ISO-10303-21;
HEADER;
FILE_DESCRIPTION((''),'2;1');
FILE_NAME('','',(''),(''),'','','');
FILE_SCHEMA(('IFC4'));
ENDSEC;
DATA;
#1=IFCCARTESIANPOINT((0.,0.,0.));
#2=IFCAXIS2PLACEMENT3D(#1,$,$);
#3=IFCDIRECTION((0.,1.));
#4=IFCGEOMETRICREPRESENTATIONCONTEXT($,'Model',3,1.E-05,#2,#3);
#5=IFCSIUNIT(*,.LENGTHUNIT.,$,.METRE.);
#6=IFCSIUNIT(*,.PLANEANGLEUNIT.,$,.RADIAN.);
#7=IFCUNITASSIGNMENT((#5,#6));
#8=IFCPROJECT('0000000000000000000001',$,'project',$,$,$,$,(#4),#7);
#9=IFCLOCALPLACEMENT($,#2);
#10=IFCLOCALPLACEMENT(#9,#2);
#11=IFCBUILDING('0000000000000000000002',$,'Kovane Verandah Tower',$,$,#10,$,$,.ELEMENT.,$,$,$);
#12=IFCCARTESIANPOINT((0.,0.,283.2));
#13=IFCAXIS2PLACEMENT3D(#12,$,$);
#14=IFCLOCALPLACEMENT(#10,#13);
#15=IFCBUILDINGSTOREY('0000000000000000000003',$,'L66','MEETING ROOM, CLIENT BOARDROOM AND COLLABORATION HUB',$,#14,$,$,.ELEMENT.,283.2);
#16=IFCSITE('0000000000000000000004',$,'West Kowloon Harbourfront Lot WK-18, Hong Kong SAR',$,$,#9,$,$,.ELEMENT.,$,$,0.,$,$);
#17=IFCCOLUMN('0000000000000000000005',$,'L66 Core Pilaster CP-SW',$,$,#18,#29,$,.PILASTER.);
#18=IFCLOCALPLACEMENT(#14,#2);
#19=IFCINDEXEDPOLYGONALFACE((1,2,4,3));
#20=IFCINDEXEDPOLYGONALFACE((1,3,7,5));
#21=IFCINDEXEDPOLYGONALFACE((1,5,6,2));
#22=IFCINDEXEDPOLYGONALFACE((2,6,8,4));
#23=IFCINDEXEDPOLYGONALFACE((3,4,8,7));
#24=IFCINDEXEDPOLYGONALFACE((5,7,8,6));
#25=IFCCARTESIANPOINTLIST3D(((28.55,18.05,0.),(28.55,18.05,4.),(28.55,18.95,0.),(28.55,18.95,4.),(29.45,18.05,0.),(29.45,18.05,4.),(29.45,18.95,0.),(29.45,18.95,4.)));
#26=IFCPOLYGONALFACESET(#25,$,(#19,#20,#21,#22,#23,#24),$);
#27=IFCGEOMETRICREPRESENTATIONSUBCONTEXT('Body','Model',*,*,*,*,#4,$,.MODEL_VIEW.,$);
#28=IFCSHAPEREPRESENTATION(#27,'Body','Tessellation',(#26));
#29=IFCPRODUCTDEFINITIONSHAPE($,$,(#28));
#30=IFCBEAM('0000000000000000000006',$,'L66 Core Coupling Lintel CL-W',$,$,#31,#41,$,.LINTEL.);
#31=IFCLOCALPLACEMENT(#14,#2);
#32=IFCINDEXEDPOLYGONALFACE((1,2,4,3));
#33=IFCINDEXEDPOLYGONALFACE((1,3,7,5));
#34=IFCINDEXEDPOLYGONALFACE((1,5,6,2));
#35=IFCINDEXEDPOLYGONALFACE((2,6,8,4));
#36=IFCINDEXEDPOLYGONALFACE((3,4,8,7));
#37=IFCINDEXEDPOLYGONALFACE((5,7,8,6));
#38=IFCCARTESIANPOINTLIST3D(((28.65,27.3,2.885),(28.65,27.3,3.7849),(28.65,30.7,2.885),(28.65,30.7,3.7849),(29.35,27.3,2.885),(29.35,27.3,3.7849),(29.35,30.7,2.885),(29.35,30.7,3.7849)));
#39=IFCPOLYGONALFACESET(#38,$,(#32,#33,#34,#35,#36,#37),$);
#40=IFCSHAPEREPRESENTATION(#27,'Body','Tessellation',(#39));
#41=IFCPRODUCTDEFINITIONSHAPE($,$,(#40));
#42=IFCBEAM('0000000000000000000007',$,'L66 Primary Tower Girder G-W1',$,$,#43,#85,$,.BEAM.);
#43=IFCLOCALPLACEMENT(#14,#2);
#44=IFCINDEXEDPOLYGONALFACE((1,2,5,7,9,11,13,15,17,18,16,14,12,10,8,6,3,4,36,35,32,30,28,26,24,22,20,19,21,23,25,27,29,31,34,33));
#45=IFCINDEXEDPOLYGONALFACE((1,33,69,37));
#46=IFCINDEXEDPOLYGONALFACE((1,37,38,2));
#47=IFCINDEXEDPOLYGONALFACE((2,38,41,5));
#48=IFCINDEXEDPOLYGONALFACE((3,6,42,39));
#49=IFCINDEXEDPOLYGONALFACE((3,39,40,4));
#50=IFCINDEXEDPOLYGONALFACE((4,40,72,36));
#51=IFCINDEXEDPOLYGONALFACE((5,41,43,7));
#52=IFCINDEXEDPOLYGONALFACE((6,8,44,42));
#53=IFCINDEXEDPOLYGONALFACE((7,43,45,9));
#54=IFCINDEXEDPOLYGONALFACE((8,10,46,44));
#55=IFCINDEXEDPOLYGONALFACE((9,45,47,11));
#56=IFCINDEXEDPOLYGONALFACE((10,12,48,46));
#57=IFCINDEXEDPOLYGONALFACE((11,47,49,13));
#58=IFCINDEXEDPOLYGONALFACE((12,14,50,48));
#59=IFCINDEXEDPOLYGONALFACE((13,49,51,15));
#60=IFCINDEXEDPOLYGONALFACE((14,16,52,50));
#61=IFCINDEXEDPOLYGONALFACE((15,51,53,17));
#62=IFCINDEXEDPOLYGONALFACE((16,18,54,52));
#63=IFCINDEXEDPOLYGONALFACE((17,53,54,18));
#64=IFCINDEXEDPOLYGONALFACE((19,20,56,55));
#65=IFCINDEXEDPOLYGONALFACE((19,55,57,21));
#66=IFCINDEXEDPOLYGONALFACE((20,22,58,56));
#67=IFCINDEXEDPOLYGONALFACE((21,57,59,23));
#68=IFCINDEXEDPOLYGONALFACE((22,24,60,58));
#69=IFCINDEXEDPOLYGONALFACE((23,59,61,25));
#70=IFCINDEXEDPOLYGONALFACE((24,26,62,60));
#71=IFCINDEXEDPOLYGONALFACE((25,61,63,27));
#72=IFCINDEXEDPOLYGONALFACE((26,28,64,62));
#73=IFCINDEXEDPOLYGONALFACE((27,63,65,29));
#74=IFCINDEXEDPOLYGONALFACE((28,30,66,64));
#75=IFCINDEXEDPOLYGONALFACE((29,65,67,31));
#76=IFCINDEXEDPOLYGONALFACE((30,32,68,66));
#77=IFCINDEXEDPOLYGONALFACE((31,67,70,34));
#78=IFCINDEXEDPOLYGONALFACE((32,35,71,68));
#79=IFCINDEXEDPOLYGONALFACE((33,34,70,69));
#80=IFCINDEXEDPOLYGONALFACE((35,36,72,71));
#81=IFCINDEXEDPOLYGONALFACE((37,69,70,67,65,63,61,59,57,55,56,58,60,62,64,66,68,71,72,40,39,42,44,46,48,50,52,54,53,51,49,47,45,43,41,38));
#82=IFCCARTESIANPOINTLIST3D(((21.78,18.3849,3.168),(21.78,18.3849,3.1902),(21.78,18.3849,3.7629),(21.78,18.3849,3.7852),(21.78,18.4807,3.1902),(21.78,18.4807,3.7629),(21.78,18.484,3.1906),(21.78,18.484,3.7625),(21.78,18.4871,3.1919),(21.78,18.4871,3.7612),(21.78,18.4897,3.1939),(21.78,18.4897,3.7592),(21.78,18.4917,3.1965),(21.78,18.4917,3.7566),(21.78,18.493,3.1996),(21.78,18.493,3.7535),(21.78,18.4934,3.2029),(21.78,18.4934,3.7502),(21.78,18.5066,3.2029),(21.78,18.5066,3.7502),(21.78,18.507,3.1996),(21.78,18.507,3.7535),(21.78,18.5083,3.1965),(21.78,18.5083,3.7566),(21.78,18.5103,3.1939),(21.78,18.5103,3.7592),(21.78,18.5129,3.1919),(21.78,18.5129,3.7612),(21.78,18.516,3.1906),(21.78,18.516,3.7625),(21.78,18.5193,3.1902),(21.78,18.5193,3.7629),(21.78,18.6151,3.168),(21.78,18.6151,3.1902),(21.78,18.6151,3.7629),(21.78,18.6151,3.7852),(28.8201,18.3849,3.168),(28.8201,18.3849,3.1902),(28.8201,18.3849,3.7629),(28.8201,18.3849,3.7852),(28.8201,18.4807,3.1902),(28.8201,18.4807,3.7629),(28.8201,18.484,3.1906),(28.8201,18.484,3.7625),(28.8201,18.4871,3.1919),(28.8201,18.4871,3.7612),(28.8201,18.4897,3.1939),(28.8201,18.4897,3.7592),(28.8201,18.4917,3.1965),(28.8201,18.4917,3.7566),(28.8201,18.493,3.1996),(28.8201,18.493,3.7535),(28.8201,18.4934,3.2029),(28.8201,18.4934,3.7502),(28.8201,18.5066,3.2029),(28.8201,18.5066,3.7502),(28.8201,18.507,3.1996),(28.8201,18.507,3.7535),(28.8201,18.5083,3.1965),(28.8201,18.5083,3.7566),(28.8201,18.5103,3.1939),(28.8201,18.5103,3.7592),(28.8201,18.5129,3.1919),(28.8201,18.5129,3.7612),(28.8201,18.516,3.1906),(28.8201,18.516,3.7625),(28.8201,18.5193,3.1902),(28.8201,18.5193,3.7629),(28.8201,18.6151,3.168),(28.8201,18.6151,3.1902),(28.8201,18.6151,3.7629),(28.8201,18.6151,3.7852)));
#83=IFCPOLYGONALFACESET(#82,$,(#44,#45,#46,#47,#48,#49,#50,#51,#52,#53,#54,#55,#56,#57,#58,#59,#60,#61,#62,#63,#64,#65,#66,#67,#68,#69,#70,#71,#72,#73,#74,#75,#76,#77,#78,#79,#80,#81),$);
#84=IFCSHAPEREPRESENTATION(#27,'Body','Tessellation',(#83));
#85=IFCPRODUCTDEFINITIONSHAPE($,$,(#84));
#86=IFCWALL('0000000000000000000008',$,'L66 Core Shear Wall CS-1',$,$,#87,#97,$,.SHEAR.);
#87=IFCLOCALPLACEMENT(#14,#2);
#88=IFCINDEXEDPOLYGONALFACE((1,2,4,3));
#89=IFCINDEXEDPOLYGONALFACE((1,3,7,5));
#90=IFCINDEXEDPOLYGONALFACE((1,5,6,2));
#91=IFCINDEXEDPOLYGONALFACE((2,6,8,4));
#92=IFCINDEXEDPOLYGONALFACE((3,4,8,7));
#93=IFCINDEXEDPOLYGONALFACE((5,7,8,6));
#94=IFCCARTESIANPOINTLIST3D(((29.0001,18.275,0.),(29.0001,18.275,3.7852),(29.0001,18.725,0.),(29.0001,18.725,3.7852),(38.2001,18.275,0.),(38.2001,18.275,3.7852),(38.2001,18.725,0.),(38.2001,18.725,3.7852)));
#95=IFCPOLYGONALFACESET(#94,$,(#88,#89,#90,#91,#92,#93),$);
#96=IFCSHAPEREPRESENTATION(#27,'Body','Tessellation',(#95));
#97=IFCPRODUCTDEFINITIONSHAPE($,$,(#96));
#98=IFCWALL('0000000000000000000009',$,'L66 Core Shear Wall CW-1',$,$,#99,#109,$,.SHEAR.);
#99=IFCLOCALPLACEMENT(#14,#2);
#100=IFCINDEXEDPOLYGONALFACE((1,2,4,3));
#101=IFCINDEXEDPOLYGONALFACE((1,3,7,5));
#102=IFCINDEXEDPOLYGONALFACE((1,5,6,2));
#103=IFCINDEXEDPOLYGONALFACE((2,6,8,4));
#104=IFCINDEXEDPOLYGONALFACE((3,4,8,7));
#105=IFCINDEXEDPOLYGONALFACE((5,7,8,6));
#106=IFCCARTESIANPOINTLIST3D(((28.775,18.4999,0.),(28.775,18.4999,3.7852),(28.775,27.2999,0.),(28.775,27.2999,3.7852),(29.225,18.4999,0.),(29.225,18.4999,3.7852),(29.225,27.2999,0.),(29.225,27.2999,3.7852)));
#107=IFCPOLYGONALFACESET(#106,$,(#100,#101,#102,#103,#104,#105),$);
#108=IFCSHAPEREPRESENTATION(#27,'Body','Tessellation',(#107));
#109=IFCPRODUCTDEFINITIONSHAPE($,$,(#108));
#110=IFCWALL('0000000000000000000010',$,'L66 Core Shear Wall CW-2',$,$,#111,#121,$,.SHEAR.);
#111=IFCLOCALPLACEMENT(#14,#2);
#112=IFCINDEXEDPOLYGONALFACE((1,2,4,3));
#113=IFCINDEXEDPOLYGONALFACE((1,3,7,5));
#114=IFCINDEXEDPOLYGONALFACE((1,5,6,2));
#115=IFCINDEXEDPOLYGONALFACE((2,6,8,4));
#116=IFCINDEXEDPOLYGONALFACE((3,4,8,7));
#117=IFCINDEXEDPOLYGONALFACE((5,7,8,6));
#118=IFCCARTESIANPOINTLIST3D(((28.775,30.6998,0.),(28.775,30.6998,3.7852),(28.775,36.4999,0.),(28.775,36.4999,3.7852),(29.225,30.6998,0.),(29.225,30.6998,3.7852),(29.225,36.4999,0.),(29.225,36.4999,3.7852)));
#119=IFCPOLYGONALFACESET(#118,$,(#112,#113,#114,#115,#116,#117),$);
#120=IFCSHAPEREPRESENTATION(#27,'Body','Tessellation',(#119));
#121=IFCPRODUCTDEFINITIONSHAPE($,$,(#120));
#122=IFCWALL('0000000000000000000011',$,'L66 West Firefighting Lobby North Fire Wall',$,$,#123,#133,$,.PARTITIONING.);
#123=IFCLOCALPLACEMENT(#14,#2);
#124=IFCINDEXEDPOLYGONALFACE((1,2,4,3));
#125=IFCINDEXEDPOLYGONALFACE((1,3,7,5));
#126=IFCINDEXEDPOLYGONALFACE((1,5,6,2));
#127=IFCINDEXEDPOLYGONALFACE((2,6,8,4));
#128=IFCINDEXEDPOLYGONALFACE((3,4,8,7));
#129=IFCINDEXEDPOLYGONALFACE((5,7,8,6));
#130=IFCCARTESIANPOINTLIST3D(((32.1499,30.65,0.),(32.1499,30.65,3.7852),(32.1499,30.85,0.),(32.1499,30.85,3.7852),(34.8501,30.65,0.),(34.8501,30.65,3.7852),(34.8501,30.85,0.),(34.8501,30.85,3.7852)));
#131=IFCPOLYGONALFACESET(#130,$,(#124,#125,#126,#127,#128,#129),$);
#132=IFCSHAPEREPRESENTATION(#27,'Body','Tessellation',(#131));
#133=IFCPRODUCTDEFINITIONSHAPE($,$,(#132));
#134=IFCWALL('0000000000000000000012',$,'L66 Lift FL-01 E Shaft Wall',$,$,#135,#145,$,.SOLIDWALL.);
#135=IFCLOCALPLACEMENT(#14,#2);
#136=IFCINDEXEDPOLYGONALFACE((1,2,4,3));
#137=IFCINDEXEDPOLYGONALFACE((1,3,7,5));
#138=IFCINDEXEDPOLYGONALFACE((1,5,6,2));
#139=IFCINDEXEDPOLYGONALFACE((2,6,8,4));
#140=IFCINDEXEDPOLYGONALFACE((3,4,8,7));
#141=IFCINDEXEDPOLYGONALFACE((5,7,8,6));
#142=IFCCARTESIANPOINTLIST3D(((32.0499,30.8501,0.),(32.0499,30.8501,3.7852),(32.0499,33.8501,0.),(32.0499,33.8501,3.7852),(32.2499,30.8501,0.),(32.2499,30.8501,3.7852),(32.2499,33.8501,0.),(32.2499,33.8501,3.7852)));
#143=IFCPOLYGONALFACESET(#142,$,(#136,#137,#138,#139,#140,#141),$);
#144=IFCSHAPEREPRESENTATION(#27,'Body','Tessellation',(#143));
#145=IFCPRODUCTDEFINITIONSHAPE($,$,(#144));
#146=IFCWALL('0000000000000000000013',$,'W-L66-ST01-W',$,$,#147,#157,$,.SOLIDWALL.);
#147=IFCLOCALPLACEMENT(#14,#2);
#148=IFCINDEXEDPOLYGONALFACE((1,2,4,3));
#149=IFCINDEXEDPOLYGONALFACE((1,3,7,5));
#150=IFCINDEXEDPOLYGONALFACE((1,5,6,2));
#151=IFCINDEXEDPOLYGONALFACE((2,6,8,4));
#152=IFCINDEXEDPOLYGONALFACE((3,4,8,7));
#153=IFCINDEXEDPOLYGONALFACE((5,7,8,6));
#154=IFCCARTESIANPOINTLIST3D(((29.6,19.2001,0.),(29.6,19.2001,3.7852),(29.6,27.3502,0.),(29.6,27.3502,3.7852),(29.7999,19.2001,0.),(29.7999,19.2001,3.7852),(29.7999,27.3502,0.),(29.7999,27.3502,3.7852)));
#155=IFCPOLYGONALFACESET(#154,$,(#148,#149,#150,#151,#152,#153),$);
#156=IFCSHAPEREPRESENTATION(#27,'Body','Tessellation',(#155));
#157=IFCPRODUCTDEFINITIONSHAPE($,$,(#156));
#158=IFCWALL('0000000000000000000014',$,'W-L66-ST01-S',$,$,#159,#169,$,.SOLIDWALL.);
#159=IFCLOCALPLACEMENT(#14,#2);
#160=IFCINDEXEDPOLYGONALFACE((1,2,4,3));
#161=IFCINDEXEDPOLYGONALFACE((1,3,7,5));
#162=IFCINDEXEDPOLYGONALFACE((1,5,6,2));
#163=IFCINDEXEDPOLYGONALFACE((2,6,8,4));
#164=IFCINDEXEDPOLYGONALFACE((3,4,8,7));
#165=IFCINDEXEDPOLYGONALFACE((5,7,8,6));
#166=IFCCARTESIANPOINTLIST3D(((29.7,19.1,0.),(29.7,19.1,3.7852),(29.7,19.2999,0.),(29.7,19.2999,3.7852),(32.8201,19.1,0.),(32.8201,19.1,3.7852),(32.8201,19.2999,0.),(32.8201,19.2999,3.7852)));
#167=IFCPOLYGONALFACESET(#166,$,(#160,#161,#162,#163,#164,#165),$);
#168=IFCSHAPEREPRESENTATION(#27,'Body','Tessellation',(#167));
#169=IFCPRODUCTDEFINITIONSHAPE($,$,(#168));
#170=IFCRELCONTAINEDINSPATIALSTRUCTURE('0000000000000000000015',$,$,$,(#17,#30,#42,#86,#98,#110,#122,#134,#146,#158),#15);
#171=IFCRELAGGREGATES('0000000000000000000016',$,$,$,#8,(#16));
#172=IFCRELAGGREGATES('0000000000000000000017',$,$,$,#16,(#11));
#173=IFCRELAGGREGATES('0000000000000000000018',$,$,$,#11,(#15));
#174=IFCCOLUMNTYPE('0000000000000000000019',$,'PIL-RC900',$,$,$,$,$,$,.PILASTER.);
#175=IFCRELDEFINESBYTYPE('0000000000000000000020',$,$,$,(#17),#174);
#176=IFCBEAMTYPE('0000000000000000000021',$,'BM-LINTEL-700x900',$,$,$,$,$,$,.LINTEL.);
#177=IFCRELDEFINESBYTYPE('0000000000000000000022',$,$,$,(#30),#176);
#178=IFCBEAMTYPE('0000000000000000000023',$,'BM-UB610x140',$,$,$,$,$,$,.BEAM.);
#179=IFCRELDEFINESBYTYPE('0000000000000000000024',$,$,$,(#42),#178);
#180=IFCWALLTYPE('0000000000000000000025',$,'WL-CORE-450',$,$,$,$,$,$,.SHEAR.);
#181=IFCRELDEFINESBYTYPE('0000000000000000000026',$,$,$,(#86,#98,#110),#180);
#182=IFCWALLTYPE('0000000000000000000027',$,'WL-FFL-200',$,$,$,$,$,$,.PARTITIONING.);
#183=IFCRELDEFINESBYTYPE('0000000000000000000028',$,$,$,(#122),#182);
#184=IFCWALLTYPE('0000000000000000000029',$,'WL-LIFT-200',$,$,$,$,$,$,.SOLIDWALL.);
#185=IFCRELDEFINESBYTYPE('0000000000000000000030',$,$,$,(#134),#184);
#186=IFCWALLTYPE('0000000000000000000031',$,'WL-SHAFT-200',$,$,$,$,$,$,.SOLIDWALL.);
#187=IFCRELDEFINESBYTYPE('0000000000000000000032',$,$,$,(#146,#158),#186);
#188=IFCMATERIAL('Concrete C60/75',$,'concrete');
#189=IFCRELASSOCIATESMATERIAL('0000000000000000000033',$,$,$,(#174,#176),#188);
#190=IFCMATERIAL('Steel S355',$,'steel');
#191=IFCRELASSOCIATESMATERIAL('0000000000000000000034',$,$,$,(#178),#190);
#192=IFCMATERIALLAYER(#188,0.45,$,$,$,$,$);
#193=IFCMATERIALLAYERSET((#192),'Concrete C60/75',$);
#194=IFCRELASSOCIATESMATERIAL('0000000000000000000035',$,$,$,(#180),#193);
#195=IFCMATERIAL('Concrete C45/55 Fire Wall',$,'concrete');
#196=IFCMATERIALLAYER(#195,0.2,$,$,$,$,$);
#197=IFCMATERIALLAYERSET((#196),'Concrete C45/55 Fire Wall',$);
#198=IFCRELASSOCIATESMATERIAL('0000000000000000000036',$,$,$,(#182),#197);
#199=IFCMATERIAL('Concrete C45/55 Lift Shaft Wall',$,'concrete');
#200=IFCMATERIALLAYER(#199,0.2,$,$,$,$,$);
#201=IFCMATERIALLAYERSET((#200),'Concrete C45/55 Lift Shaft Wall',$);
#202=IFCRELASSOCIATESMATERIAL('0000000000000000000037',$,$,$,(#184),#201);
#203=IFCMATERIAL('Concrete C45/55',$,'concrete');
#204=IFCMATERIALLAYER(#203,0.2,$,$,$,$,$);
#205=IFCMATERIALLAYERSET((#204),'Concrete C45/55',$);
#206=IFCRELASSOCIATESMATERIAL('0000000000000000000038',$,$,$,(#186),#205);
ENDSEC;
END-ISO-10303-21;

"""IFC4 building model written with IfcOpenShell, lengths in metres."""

from ifc_helpers import new_model, si_unit, direction, frame, frame_2d, origin, origin_2d, place, context, subcontext, project, spatial, rectangle, i_section, extrude, material, layer, layer_set, material_profile, profile_set, type_object, element, save


model = new_model("IFC4")

# Units and contexts
model_context = context("Model", 3, precision=1e-05, world=origin(), true_north=direction((0.0, 1.0)))
body_context = subcontext(model_context, "Body", "Model", "MODEL_VIEW")
ifc_project = project(units=[si_unit("LENGTHUNIT", "METRE"), si_unit("PLANEANGLEUNIT", "RADIAN")], contexts=[model_context])

# Site, building, storey
site_placement = place(None, origin())
site = spatial("IfcSite", under=ifc_project, at=site_placement, Name="West Kowloon Harbourfront Lot WK-18, Hong Kong SAR", CompositionType="ELEMENT", RefElevation=0.0)
building_placement = place(site_placement, origin())
building = spatial("IfcBuilding", under=site, at=building_placement, Name="Kovane Verandah Tower", CompositionType="ELEMENT")
storey_placement = place(building_placement, frame((0.0, 0.0, 283.2)))
storey = spatial("IfcBuildingStorey", under=building, at=storey_placement, Name="L66", Description="MEETING ROOM, CLIENT BOARDROOM AND COLLABORATION HUB", CompositionType="ELEMENT", Elevation=283.2)

# Column
ifc_material_1 = material(Name="Concrete C60/75", Category="concrete")
ifc_material_profile_1 = material_profile(ifc_material_1, rectangle(XDim=0.8999, YDim=0.8999, at=origin_2d()), Name="RC900x900")
ifc_profile_set_1 = profile_set([ifc_material_profile_1], Name="Concrete C60/75")
column_type = type_object("IfcColumnType", Name="PIL-RC900", PredefinedType="PILASTER", material=ifc_profile_set_1)
column_placement = place(storey_placement, frame((29.0, 18.5, 0.0), z_axis=(0.0, 0.0, 1.0), x_axis=(1.0, 0.0, 0.0)))
element("IfcColumn", 1, at=column_placement, inside=storey, type_object=column_type, Name="L66 Core Pilaster CP-SW", PredefinedType="PILASTER", context=body_context, shape_type="SweptSolid", body=[
    extrude(rectangle(XDim=0.8999, YDim=0.8999, at=origin_2d()), origin(), (0.0, 0.0, 1.0), 4.0),
])

# Beams
ifc_material_profile_2 = material_profile(ifc_material_1, rectangle(XDim=0.7, YDim=0.8999, at=origin_2d()), Name="RCB700x900")
ifc_profile_set_2 = profile_set([ifc_material_profile_2], Name="Concrete C60/75")
beam_type_1 = type_object("IfcBeamType", Name="BM-LINTEL-700x900", PredefinedType="LINTEL", material=ifc_profile_set_2)
beam_1_placement = place(storey_placement, frame((29.0, 27.3, 3.335), z_axis=(0.0, 1.0, 0.0), x_axis=(-1.0, 0.0, 0.0)))
element("IfcBeam", 2, at=beam_1_placement, inside=storey, type_object=beam_type_1, Name="L66 Core Coupling Lintel CL-W", PredefinedType="LINTEL", context=body_context, shape_type="SweptSolid", body=[
    extrude(rectangle(XDim=0.7, YDim=0.8999, at=origin_2d()), origin(), (0.0, 0.0, 1.0), 3.3999),
])
ifc_material_2 = material(Name="Steel S355", Category="steel")
ifc_material_profile_3 = material_profile(ifc_material_2, i_section(OverallWidth=0.2302, OverallDepth=0.6172, WebThickness=0.0132, FlangeThickness=0.0222, FilletRadius=0.0127, at=origin_2d()), Name="UB610x229x140")
ifc_profile_set_3 = profile_set([ifc_material_profile_3], Name="Steel S355")
beam_type_2 = type_object("IfcBeamType", Name="BM-UB610x140", PredefinedType="BEAM", material=ifc_profile_set_3)
beam_2_placement = place(storey_placement, frame((28.8201, 18.5, 3.4766), z_axis=(-1.0, 0.0, 0.0), x_axis=(0.0, -1.0, 0.0)))
element("IfcBeam", 3, at=beam_2_placement, inside=storey, type_object=beam_type_2, Name="L66 Primary Tower Girder G-W1", PredefinedType="BEAM", context=body_context, shape_type="SweptSolid", body=[
    extrude(i_section(OverallWidth=0.2302, OverallDepth=0.6172, WebThickness=0.0132, FlangeThickness=0.0222, FilletRadius=0.0127, at=origin_2d()), origin(), (0.0, 0.0, 1.0), 7.04),
])

# Walls
ifc_layer_1 = layer(ifc_material_1, 0.45)
ifc_layer_set_1 = layer_set([ifc_layer_1], Name="Concrete C60/75")
wall_type_1 = type_object("IfcWallType", Name="WL-CORE-450", PredefinedType="SHEAR", material=ifc_layer_set_1)
wall_1_placement = place(storey_placement, frame((29.0, 18.5, 0.0), z_axis=(0.0, 0.0, 1.0), x_axis=(1.0, 0.0, 0.0)))
element("IfcWall", 4, at=wall_1_placement, inside=storey, type_object=wall_type_1, Name="L66 Core Shear Wall CS-1", PredefinedType="SHEAR", context=body_context, shape_type="SweptSolid", body=[
    extrude(rectangle(XDim=9.2, YDim=0.45, at=frame_2d((4.6001, 0.0))), origin(), (0.0, 0.0, 1.0), 3.7852),
])
wall_2_placement = place(storey_placement, frame((29.0, 18.5, 0.0), z_axis=(0.0, 0.0, 1.0), x_axis=(0.0, 1.0, 0.0)))
element("IfcWall", 5, at=wall_2_placement, inside=storey, type_object=wall_type_1, Name="L66 Core Shear Wall CW-1", PredefinedType="SHEAR", context=body_context, shape_type="SweptSolid", body=[
    extrude(rectangle(XDim=8.8, YDim=0.45, at=frame_2d((4.3999, 0.0))), origin(), (0.0, 0.0, 1.0), 3.7852),
])
wall_3_placement = place(storey_placement, frame((29.0, 30.7, 0.0), z_axis=(0.0, 0.0, 1.0), x_axis=(0.0, 1.0, 0.0)))
element("IfcWall", 6, at=wall_3_placement, inside=storey, type_object=wall_type_1, Name="L66 Core Shear Wall CW-2", PredefinedType="SHEAR", context=body_context, shape_type="SweptSolid", body=[
    extrude(rectangle(XDim=5.8, YDim=0.45, at=frame_2d((2.8999, 0.0))), origin(), (0.0, 0.0, 1.0), 3.7852),
])

# Shared definitions
ifc_material_3 = material(Name="Concrete C45/55 Fire Wall", Category="concrete")
ifc_layer_2 = layer(ifc_material_3, 0.2)
ifc_layer_set_2 = layer_set([ifc_layer_2], Name="Concrete C45/55 Fire Wall")
wall_type_2 = type_object("IfcWallType", Name="WL-FFL-200", PredefinedType="PARTITIONING", material=ifc_layer_set_2)

# Wall
wall_4_placement = place(storey_placement, frame((32.1499, 30.75, 0.0), z_axis=(0.0, 0.0, 1.0), x_axis=(1.0, 0.0, 0.0)))
element("IfcWall", 7, at=wall_4_placement, inside=storey, type_object=wall_type_2, Name="L66 West Firefighting Lobby North Fire Wall", PredefinedType="PARTITIONING", context=body_context, shape_type="SweptSolid", body=[
    extrude(rectangle(XDim=2.7002, YDim=0.2, at=frame_2d((1.3501, 0.0))), origin(), (0.0, 0.0, 1.0), 3.7852),
])

# Shared definitions
ifc_material_4 = material(Name="Concrete C45/55 Lift Shaft Wall", Category="concrete")
ifc_layer_3 = layer(ifc_material_4, 0.2)
ifc_layer_set_3 = layer_set([ifc_layer_3], Name="Concrete C45/55 Lift Shaft Wall")
wall_type_3 = type_object("IfcWallType", Name="WL-LIFT-200", PredefinedType="SOLIDWALL", material=ifc_layer_set_3)

# Walls
wall_5_placement = place(storey_placement, frame((32.1499, 30.8501, 0.0), z_axis=(0.0, 0.0, 1.0), x_axis=(0.0, 1.0, 0.0)))
element("IfcWall", 8, at=wall_5_placement, inside=storey, type_object=wall_type_3, Name="L66 Lift FL-01 E Shaft Wall", PredefinedType="SOLIDWALL", context=body_context, shape_type="SweptSolid", body=[
    extrude(rectangle(XDim=3.0, YDim=0.2, at=frame_2d((1.5, 0.0))), origin(), (0.0, 0.0, 1.0), 3.7852),
])
ifc_material_5 = material(Name="Concrete C45/55", Category="concrete")
ifc_layer_4 = layer(ifc_material_5, 0.2)
ifc_layer_set_4 = layer_set([ifc_layer_4], Name="Concrete C45/55")
wall_type_4 = type_object("IfcWallType", Name="WL-SHAFT-200", PredefinedType="SOLIDWALL", material=ifc_layer_set_4)
wall_6_placement = place(storey_placement, frame((29.7, 19.2, 0.0), z_axis=(0.0, 0.0, 1.0), x_axis=(0.0, 1.0, 0.0)))
element("IfcWall", 9, at=wall_6_placement, inside=storey, type_object=wall_type_4, Name="W-L66-ST01-W", PredefinedType="SOLIDWALL", context=body_context, shape_type="SweptSolid", body=[
    extrude(rectangle(XDim=8.1501, YDim=0.2, at=frame_2d((4.0752, 0.0))), origin(), (0.0, 0.0, 1.0), 3.7852),
])
wall_7_placement = place(storey_placement, frame((29.7, 19.2, 0.0), z_axis=(0.0, 0.0, 1.0), x_axis=(1.0, 0.0, 0.0)))
element("IfcWall", 10, at=wall_7_placement, inside=storey, type_object=wall_type_4, Name="W-L66-ST01-S", PredefinedType="SOLIDWALL", context=body_context, shape_type="SweptSolid", body=[
    extrude(rectangle(XDim=3.1201, YDim=0.2, at=frame_2d((1.5601, 0.0))), origin(), (0.0, 0.0, 1.0), 3.7852),
])

save(model, "model.ifc")
